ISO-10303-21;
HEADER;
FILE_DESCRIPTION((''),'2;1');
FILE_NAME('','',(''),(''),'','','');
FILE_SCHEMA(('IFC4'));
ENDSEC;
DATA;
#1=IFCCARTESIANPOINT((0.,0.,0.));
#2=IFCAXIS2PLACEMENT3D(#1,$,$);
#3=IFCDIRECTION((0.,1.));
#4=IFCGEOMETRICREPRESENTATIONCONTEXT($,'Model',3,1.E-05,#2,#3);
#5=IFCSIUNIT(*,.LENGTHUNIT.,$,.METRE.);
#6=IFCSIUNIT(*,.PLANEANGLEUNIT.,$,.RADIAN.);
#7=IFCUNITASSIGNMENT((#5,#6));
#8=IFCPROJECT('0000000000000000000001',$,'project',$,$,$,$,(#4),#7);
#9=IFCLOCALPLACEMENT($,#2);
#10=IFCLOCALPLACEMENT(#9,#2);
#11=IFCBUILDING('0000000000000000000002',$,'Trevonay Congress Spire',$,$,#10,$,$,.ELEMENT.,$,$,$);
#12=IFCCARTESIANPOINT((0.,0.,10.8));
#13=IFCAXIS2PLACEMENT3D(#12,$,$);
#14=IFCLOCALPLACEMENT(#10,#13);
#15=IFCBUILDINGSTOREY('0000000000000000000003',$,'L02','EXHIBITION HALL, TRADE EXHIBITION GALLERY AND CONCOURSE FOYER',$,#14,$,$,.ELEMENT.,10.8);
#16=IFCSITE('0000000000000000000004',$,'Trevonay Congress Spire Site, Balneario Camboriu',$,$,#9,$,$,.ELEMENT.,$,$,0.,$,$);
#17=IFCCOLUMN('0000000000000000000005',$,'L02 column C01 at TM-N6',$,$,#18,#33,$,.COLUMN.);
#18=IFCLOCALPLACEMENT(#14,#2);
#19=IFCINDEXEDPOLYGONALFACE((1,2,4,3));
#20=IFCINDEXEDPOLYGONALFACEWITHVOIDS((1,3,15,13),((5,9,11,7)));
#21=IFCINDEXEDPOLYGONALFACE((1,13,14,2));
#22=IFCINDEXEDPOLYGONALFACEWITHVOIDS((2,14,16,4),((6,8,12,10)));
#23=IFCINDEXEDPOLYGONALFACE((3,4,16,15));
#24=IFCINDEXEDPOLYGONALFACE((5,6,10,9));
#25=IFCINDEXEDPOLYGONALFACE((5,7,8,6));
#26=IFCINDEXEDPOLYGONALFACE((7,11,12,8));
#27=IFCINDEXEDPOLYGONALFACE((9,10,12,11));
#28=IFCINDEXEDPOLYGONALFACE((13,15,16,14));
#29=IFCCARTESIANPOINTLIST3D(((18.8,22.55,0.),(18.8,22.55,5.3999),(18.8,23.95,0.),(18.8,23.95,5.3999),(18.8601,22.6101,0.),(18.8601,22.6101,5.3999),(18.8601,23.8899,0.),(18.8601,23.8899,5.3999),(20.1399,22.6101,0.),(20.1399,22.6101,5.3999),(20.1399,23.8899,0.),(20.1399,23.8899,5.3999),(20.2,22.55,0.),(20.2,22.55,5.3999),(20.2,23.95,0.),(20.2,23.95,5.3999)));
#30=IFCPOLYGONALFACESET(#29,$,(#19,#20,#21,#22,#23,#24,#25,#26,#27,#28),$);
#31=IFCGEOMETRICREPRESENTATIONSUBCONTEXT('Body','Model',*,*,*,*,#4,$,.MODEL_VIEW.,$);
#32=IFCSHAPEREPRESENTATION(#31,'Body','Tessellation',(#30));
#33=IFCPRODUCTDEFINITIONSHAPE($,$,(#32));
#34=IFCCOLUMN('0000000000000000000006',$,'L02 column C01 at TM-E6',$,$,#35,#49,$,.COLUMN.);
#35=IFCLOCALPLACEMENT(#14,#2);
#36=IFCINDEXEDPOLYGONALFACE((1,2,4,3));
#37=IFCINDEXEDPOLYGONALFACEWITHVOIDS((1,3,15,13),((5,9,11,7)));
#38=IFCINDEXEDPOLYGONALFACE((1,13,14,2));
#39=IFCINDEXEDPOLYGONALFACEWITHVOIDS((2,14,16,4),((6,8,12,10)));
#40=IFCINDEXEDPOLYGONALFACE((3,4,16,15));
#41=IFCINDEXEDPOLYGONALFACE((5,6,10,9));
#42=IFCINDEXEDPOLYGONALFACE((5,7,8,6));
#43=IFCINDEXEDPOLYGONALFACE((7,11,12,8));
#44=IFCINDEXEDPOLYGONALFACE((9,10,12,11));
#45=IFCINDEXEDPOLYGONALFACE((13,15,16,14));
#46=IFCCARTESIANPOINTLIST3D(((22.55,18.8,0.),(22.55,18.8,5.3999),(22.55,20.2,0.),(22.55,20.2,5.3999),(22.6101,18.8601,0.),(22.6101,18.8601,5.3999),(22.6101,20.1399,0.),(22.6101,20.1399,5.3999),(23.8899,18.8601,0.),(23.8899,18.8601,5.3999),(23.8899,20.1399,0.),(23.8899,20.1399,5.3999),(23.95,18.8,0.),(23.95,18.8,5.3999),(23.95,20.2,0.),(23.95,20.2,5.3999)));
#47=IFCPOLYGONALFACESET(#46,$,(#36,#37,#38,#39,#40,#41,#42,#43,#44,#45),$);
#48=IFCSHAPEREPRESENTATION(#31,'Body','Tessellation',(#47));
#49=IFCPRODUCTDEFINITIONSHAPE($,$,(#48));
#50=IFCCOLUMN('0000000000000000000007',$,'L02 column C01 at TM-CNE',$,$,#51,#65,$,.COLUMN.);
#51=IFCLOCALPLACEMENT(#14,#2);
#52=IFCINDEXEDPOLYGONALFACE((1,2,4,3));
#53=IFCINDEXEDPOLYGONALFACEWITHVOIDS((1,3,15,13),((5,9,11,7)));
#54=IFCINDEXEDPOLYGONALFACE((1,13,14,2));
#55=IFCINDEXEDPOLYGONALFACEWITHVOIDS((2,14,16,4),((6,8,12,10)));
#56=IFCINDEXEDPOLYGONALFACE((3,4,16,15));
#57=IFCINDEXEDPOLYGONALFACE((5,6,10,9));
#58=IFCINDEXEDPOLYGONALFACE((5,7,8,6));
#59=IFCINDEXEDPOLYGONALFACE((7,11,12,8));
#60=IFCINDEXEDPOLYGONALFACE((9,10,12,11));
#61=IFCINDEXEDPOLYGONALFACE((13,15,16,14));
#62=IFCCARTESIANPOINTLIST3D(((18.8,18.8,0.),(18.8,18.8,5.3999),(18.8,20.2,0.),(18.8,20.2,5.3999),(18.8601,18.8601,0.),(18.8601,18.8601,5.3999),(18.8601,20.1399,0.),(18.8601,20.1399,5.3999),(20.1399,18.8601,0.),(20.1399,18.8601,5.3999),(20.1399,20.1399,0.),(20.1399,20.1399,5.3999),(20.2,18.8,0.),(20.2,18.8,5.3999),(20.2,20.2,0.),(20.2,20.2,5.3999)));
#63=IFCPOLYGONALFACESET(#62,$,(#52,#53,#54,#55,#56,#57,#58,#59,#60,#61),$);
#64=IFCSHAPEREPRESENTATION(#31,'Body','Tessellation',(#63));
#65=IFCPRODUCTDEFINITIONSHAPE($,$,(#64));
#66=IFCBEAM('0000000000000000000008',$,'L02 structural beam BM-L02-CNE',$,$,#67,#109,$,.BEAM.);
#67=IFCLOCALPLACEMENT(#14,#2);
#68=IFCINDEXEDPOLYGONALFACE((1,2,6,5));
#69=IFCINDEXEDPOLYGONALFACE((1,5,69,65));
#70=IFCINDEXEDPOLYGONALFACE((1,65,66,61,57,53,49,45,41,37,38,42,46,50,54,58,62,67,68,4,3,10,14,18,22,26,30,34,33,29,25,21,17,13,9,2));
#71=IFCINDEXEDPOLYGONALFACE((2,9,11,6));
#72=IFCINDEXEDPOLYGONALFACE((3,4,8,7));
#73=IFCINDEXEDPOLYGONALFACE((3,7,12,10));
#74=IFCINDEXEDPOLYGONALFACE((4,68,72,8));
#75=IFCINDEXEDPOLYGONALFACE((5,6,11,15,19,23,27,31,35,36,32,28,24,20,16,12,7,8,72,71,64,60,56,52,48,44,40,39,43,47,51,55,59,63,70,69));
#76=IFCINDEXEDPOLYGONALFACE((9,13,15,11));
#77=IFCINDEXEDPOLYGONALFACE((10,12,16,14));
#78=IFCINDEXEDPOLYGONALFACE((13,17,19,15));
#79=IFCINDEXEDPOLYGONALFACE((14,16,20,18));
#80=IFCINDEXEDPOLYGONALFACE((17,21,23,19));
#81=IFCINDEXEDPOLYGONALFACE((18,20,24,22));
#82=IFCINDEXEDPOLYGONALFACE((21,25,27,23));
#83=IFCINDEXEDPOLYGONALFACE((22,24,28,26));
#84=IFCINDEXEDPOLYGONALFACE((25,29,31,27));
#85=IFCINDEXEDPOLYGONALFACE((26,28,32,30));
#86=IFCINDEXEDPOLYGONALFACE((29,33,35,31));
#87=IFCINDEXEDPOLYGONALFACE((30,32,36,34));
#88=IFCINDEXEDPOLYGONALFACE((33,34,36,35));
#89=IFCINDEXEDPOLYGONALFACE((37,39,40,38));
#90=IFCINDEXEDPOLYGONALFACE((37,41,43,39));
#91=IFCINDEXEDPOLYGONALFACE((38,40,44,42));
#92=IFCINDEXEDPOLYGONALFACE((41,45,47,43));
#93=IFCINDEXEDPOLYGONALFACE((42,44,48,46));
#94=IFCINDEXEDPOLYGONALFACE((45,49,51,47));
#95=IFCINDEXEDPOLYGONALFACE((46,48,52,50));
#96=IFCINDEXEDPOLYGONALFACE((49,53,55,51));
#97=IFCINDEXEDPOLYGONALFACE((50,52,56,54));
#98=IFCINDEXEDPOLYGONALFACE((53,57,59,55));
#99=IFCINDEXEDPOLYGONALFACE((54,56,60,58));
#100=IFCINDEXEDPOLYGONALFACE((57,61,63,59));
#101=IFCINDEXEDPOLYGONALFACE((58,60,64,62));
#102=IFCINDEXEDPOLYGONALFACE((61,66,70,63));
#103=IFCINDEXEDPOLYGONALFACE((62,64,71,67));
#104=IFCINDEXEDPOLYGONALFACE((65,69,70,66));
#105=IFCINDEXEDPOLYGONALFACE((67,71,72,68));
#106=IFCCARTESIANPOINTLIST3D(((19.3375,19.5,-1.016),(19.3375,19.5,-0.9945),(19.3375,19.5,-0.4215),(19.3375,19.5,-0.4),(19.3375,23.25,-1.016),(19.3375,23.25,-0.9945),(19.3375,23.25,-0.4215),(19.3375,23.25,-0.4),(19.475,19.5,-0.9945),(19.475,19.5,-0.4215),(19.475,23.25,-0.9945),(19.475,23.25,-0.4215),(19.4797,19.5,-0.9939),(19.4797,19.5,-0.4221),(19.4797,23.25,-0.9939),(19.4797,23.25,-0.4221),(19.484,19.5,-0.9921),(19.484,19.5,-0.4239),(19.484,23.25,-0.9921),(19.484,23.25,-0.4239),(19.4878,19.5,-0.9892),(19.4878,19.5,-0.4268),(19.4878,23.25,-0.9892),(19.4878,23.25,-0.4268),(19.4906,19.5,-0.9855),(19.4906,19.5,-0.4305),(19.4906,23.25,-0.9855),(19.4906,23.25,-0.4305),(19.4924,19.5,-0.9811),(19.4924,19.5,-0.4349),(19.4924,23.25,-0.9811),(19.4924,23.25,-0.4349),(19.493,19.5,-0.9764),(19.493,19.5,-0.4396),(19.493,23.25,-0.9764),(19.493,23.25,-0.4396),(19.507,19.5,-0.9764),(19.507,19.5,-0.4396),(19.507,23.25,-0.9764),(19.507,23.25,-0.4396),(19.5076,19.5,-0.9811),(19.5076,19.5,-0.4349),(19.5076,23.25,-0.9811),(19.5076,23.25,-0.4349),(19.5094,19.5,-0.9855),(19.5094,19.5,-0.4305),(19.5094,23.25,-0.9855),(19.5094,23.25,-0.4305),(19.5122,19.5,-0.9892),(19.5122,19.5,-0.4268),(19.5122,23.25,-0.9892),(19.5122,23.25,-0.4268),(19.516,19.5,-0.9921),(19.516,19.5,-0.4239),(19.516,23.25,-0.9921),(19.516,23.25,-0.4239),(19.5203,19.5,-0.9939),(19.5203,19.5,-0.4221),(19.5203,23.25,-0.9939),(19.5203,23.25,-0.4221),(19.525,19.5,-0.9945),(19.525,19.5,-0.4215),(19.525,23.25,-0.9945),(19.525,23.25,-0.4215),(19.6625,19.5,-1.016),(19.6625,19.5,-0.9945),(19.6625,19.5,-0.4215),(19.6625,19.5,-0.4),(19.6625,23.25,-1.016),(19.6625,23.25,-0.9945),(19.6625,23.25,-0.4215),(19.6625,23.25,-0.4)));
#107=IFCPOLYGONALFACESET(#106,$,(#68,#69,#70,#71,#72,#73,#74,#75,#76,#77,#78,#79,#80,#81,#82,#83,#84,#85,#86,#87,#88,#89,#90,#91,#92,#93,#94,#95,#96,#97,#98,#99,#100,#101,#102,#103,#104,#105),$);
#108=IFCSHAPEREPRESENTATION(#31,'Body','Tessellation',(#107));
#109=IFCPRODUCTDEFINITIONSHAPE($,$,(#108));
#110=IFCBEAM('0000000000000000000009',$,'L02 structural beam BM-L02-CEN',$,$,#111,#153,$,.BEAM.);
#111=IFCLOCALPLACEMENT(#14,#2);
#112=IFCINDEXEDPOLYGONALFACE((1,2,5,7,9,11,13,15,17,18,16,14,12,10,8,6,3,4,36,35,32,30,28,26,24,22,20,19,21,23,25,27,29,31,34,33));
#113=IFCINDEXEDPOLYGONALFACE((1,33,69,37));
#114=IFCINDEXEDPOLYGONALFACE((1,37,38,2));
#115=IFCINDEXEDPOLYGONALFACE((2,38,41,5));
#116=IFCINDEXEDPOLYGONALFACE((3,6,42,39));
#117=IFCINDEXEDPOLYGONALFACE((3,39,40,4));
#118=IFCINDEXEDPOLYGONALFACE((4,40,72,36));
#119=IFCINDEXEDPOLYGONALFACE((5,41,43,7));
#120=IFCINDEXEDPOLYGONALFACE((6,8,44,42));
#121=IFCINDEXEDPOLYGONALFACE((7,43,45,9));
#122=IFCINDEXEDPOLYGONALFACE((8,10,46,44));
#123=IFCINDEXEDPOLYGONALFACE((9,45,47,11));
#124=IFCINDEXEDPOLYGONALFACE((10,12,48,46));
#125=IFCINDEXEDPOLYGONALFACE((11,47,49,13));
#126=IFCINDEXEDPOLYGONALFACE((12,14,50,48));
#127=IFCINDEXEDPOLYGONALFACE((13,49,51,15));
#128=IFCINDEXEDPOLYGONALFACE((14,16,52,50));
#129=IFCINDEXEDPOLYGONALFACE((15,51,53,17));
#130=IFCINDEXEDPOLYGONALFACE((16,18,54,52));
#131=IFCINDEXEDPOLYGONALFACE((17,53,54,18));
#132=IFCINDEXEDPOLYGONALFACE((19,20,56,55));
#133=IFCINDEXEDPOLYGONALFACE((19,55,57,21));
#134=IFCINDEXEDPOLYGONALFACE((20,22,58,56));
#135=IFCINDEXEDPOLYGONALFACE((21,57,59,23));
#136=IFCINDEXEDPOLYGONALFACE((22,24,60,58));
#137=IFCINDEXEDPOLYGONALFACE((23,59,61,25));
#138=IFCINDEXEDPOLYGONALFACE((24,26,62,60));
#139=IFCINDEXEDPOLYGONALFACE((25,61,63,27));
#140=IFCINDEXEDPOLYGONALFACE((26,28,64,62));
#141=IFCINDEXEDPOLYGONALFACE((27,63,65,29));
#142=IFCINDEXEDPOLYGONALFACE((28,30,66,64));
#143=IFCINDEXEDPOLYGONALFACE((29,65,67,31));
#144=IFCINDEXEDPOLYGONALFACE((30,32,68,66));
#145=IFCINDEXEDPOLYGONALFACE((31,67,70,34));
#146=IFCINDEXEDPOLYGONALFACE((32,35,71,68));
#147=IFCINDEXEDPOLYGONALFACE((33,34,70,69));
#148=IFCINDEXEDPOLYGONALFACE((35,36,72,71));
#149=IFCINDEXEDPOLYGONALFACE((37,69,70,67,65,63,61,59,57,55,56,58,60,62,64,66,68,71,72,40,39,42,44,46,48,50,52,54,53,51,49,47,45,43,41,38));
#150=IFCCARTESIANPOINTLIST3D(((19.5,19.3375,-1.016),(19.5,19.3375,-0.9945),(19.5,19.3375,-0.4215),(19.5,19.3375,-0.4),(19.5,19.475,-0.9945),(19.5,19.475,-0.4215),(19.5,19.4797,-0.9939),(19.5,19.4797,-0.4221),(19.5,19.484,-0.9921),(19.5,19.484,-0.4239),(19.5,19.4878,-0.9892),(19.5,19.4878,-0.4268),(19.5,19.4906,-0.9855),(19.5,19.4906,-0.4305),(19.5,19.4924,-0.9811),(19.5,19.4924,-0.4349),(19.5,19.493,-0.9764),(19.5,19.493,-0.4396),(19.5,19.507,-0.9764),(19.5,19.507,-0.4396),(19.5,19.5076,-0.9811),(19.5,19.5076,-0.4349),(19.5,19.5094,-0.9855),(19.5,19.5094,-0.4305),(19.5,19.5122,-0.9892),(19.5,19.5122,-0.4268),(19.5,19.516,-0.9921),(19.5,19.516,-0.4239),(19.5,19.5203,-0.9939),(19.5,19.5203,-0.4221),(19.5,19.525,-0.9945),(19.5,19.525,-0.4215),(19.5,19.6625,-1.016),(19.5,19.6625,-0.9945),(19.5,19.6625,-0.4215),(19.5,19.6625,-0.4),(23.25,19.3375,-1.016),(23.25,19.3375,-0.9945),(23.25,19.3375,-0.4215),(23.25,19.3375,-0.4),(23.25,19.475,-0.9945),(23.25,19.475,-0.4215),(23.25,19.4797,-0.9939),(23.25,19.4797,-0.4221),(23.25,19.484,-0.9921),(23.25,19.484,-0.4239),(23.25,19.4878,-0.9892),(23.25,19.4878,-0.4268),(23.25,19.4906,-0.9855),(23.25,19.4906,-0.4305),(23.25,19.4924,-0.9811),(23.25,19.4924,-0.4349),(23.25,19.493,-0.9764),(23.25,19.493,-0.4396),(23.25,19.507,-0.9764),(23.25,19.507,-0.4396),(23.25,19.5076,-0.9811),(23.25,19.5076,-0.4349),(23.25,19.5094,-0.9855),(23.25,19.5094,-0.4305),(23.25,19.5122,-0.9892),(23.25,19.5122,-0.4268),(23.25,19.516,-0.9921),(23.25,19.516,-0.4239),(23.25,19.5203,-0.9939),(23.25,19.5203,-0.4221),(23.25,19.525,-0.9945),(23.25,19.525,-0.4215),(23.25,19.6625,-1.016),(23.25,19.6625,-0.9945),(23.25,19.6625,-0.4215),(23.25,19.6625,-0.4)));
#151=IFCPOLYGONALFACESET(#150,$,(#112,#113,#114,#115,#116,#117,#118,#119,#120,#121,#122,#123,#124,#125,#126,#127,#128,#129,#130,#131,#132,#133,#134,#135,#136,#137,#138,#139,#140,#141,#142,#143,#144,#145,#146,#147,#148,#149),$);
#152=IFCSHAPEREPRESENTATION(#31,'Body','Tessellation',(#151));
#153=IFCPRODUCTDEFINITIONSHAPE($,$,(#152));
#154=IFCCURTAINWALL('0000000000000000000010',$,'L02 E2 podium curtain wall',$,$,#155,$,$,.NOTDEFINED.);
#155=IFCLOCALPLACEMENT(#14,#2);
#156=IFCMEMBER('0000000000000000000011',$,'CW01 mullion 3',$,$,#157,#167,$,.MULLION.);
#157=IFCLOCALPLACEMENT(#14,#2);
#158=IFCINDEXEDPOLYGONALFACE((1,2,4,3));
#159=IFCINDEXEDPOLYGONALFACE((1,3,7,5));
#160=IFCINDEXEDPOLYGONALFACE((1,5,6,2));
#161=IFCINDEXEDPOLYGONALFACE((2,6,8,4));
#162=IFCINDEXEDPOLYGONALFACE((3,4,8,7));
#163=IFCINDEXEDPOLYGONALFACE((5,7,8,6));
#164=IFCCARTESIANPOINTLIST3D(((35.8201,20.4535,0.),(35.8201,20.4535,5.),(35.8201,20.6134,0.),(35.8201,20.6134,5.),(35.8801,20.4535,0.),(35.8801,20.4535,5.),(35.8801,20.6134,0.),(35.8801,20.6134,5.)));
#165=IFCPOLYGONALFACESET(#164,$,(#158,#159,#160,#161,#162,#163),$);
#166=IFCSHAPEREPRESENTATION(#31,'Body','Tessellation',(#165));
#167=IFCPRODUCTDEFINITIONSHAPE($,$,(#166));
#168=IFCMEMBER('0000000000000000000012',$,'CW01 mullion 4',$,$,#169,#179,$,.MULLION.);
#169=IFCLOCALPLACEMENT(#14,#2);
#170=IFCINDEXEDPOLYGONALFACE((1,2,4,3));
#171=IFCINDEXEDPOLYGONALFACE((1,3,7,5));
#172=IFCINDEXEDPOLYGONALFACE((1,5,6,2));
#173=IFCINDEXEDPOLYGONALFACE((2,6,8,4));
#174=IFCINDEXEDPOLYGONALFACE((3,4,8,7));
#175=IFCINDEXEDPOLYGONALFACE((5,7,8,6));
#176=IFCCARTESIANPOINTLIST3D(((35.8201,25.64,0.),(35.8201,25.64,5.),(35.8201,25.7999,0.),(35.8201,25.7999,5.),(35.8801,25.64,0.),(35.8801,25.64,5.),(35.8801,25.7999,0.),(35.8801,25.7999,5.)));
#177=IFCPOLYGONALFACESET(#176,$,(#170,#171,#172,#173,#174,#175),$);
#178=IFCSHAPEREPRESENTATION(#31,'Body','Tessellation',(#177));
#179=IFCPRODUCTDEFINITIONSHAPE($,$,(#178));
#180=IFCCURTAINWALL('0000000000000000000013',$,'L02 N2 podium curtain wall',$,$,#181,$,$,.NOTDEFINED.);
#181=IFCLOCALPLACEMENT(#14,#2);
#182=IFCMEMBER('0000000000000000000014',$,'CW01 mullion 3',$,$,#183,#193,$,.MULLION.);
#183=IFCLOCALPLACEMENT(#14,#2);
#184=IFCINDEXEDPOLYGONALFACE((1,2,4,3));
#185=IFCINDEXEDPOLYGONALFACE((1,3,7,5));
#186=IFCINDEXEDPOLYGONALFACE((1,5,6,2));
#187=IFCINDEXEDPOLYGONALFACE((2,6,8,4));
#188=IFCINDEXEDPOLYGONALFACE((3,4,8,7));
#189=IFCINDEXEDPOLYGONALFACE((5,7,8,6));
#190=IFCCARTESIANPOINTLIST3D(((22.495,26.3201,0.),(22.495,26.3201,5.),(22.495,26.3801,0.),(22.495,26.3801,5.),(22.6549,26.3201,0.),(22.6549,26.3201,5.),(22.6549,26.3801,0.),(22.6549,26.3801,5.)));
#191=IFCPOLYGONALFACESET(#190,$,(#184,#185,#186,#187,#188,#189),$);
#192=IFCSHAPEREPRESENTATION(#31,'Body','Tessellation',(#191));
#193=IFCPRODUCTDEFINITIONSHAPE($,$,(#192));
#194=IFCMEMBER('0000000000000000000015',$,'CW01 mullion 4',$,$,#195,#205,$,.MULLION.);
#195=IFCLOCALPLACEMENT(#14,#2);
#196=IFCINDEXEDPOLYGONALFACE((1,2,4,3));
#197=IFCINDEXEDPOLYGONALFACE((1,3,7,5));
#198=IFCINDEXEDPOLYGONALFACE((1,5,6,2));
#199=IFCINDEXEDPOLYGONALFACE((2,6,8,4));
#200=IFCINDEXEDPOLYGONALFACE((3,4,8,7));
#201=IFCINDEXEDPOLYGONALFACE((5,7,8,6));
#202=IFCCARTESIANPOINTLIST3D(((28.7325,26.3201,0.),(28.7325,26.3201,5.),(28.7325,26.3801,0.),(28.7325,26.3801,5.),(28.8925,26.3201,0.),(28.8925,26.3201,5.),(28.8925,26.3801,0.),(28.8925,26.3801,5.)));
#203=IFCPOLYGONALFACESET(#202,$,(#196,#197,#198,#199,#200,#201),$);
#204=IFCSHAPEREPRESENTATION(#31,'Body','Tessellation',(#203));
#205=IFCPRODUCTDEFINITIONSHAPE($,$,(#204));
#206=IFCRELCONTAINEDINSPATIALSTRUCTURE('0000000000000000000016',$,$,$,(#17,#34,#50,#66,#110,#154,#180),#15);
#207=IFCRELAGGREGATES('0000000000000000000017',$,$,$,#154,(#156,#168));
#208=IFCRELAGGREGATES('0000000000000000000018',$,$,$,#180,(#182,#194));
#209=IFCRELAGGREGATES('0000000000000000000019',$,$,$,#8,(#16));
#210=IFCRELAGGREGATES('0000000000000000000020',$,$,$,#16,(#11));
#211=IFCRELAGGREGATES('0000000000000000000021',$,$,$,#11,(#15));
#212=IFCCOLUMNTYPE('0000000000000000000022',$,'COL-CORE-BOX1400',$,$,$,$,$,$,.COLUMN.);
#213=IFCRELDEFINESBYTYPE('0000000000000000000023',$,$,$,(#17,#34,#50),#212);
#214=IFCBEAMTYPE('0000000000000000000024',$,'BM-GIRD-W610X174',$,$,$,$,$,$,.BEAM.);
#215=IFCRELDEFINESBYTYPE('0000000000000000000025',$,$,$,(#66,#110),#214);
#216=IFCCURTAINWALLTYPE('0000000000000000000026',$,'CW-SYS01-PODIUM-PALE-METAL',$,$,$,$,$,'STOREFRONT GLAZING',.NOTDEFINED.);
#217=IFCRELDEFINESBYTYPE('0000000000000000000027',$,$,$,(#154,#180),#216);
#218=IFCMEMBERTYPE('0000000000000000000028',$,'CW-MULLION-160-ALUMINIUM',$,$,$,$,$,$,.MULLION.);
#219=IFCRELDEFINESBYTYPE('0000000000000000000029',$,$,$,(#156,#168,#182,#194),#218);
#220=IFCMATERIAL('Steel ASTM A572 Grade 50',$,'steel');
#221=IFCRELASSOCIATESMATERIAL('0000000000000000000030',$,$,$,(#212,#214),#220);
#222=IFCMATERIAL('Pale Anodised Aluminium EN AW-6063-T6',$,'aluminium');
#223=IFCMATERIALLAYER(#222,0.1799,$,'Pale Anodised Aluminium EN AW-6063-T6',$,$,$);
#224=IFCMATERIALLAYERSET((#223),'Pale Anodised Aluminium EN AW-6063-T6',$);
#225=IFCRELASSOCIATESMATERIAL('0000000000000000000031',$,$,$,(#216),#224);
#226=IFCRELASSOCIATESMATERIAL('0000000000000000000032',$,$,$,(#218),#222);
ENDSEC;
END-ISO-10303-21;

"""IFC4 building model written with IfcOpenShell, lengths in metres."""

from ifc_helpers import new_model, si_unit, direction, frame, origin, origin_2d, place, context, subcontext, project, spatial, rectangle, hollow_rectangle, i_section, extrude, material, layer, layer_set, material_profile, profile_set, type_object, element, aggregate, save


model = new_model("IFC4")

# Units and contexts
model_context = context("Model", 3, precision=1e-05, world=origin(), true_north=direction((0.0, 1.0)))
body_context = subcontext(model_context, "Body", "Model", "MODEL_VIEW")
ifc_project = project(units=[si_unit("LENGTHUNIT", "METRE"), si_unit("PLANEANGLEUNIT", "RADIAN")], contexts=[model_context])

# Site, building, storey
site_placement = place(None, origin())
site = spatial("IfcSite", under=ifc_project, at=site_placement, Name="Trevonay Congress Spire Site, Balneario Camboriu", CompositionType="ELEMENT", RefElevation=0.0)
building_placement = place(site_placement, origin())
building = spatial("IfcBuilding", under=site, at=building_placement, Name="Trevonay Congress Spire", CompositionType="ELEMENT")
storey_placement = place(building_placement, frame((0.0, 0.0, 10.8)))
storey = spatial("IfcBuildingStorey", under=building, at=storey_placement, Name="L02", Description="EXHIBITION HALL, TRADE EXHIBITION GALLERY AND CONCOURSE FOYER", CompositionType="ELEMENT", Elevation=10.8)

# Columns
ifc_material_1 = material(Name="Steel ASTM A572 Grade 50", Category="steel")
ifc_material_profile_1 = material_profile(ifc_material_1, hollow_rectangle(XDim=1.3999, YDim=1.3999, WallThickness=0.0601, at=origin_2d()), Name="BOX 1400x1400x60")
ifc_profile_set_1 = profile_set([ifc_material_profile_1], Name="Steel ASTM A572 Grade 50")
column_type = type_object("IfcColumnType", Name="COL-CORE-BOX1400", PredefinedType="COLUMN", material=ifc_profile_set_1)
for number, where, z_axis, x_axis, name in (
    (1, (19.5, 23.25, 0.0), (0.0, 0.0, 1.0), (1.0, 0.0, 0.0), "L02 column C01 at TM-N6"),
    (2, (23.25, 19.5, 0.0), (0.0, 0.0, 1.0), (1.0, 0.0, 0.0), "L02 column C01 at TM-E6"),
    (3, (19.5, 19.5, 0.0), (0.0, 0.0, 1.0), (1.0, 0.0, 0.0), "L02 column C01 at TM-CNE"),
):
    element("IfcColumn", number, at=place(storey_placement, frame(where, z_axis=z_axis, x_axis=x_axis)), inside=storey, type_object=column_type, Name=name, PredefinedType="COLUMN", context=body_context, shape_type="SweptSolid", body=[
        extrude(hollow_rectangle(XDim=1.3999, YDim=1.3999, WallThickness=0.0601, at=origin_2d()), origin(), (0.0, 0.0, 1.0), 5.3999),
    ])

# Beams
ifc_material_profile_2 = material_profile(ifc_material_1, i_section(OverallWidth=0.325, OverallDepth=0.616, WebThickness=0.0139, FlangeThickness=0.0215, FilletRadius=0.0181, at=origin_2d()), Name="W610x174")
ifc_profile_set_2 = profile_set([ifc_material_profile_2], Name="Steel ASTM A572 Grade 50")
beam_type = type_object("IfcBeamType", Name="BM-GIRD-W610X174", PredefinedType="BEAM", material=ifc_profile_set_2)
for number, where, z_axis, x_axis, name in (
    (4, (19.5, 23.25, -0.708), (0.0, -1.0, 0.0), (1.0, 0.0, 0.0), "L02 structural beam BM-L02-CNE"),
    (5, (23.25, 19.5, -0.708), (-1.0, 0.0, 0.0), (0.0, -1.0, 0.0), "L02 structural beam BM-L02-CEN"),
):
    element("IfcBeam", number, at=place(storey_placement, frame(where, z_axis=z_axis, x_axis=x_axis)), inside=storey, type_object=beam_type, Name=name, PredefinedType="BEAM", context=body_context, shape_type="SweptSolid", body=[
        extrude(i_section(OverallWidth=0.325, OverallDepth=0.616, WebThickness=0.0139, FlangeThickness=0.0215, FilletRadius=0.0181, at=origin_2d()), origin(), (0.0, 0.0, 1.0), 3.75),
    ])

# Curtain walls, members
ifc_material_2 = material(Name="Pale Anodised Aluminium EN AW-6063-T6", Category="aluminium")
ifc_layer_1 = layer(ifc_material_2, 0.1799, Name="Pale Anodised Aluminium EN AW-6063-T6")
ifc_layer_set_1 = layer_set([ifc_layer_1], Name="Pale Anodised Aluminium EN AW-6063-T6")
curtain_wall_type = type_object("IfcCurtainWallType", Name="CW-SYS01-PODIUM-PALE-METAL", ElementType="STOREFRONT GLAZING", PredefinedType="NOTDEFINED", material=ifc_layer_set_1)
curtain_wall_1_placement = place(storey_placement, origin())
curtain_wall_1 = element("IfcCurtainWall", 6, at=curtain_wall_1_placement, inside=storey, type_object=curtain_wall_type, Name="L02 E2 podium curtain wall", PredefinedType="NOTDEFINED")
ifc_material_profile_3 = material_profile(ifc_material_2, rectangle(XDim=0.0601, YDim=0.1599, at=origin_2d()), Name="CW-MULLION-160-ALUMINIUM")
ifc_profile_set_3 = profile_set([ifc_material_profile_3], Name="Pale Anodised Aluminium EN AW-6063-T6")
member_type_1 = type_object("IfcMemberType", Name="CW-MULLION-160-ALUMINIUM", PredefinedType="MULLION", material=ifc_profile_set_3)
member_1_placement = place(storey_placement, frame((35.8501, 20.5334, 0.0), z_axis=(0.0, 0.0, 1.0), x_axis=(-1.0, 0.0, 0.0)))
member_1 = element("IfcMember", 7, at=member_1_placement, type_object=member_type_1, Name="CW01 mullion 3", PredefinedType="MULLION", context=body_context, shape_type="SweptSolid", body=[
    extrude(rectangle(XDim=0.0601, YDim=0.1599, at=origin_2d()), origin(), (0.0, 0.0, 1.0), 5.0),
])
member_2_placement = place(storey_placement, frame((35.8501, 25.72, 0.0), z_axis=(0.0, 0.0, 1.0), x_axis=(-1.0, 0.0, 0.0)))
member_2 = element("IfcMember", 8, at=member_2_placement, type_object=member_type_1, Name="CW01 mullion 4", PredefinedType="MULLION", context=body_context, shape_type="SweptSolid", body=[
    extrude(rectangle(XDim=0.0601, YDim=0.1599, at=origin_2d()), origin(), (0.0, 0.0, 1.0), 5.0),
])
curtain_wall_2_placement = place(storey_placement, origin())
curtain_wall_2 = element("IfcCurtainWall", 9, at=curtain_wall_2_placement, inside=storey, type_object=curtain_wall_type, Name="L02 N2 podium curtain wall", PredefinedType="NOTDEFINED")
member_3_placement = place(storey_placement, frame((22.575, 26.3501, 0.0), z_axis=(0.0, 0.0, 1.0), x_axis=(0.0, 1.0, 0.0)))
member_3 = element("IfcMember", 10, at=member_3_placement, type_object=member_type_1, Name="CW01 mullion 3", PredefinedType="MULLION", context=body_context, shape_type="SweptSolid", body=[
    extrude(rectangle(XDim=0.0601, YDim=0.1599, at=origin_2d()), origin(), (0.0, 0.0, 1.0), 5.0),
])
member_4_placement = place(storey_placement, frame((28.8125, 26.3501, 0.0), z_axis=(0.0, 0.0, 1.0), x_axis=(0.0, 1.0, 0.0)))
member_4 = element("IfcMember", 11, at=member_4_placement, type_object=member_type_1, Name="CW01 mullion 4", PredefinedType="MULLION", context=body_context, shape_type="SweptSolid", body=[
    extrude(rectangle(XDim=0.0601, YDim=0.1599, at=origin_2d()), origin(), (0.0, 0.0, 1.0), 5.0),
])

aggregate(curtain_wall_1, [member_1, member_2])
aggregate(curtain_wall_2, [member_3, member_4])

save(model, "model.ifc")
